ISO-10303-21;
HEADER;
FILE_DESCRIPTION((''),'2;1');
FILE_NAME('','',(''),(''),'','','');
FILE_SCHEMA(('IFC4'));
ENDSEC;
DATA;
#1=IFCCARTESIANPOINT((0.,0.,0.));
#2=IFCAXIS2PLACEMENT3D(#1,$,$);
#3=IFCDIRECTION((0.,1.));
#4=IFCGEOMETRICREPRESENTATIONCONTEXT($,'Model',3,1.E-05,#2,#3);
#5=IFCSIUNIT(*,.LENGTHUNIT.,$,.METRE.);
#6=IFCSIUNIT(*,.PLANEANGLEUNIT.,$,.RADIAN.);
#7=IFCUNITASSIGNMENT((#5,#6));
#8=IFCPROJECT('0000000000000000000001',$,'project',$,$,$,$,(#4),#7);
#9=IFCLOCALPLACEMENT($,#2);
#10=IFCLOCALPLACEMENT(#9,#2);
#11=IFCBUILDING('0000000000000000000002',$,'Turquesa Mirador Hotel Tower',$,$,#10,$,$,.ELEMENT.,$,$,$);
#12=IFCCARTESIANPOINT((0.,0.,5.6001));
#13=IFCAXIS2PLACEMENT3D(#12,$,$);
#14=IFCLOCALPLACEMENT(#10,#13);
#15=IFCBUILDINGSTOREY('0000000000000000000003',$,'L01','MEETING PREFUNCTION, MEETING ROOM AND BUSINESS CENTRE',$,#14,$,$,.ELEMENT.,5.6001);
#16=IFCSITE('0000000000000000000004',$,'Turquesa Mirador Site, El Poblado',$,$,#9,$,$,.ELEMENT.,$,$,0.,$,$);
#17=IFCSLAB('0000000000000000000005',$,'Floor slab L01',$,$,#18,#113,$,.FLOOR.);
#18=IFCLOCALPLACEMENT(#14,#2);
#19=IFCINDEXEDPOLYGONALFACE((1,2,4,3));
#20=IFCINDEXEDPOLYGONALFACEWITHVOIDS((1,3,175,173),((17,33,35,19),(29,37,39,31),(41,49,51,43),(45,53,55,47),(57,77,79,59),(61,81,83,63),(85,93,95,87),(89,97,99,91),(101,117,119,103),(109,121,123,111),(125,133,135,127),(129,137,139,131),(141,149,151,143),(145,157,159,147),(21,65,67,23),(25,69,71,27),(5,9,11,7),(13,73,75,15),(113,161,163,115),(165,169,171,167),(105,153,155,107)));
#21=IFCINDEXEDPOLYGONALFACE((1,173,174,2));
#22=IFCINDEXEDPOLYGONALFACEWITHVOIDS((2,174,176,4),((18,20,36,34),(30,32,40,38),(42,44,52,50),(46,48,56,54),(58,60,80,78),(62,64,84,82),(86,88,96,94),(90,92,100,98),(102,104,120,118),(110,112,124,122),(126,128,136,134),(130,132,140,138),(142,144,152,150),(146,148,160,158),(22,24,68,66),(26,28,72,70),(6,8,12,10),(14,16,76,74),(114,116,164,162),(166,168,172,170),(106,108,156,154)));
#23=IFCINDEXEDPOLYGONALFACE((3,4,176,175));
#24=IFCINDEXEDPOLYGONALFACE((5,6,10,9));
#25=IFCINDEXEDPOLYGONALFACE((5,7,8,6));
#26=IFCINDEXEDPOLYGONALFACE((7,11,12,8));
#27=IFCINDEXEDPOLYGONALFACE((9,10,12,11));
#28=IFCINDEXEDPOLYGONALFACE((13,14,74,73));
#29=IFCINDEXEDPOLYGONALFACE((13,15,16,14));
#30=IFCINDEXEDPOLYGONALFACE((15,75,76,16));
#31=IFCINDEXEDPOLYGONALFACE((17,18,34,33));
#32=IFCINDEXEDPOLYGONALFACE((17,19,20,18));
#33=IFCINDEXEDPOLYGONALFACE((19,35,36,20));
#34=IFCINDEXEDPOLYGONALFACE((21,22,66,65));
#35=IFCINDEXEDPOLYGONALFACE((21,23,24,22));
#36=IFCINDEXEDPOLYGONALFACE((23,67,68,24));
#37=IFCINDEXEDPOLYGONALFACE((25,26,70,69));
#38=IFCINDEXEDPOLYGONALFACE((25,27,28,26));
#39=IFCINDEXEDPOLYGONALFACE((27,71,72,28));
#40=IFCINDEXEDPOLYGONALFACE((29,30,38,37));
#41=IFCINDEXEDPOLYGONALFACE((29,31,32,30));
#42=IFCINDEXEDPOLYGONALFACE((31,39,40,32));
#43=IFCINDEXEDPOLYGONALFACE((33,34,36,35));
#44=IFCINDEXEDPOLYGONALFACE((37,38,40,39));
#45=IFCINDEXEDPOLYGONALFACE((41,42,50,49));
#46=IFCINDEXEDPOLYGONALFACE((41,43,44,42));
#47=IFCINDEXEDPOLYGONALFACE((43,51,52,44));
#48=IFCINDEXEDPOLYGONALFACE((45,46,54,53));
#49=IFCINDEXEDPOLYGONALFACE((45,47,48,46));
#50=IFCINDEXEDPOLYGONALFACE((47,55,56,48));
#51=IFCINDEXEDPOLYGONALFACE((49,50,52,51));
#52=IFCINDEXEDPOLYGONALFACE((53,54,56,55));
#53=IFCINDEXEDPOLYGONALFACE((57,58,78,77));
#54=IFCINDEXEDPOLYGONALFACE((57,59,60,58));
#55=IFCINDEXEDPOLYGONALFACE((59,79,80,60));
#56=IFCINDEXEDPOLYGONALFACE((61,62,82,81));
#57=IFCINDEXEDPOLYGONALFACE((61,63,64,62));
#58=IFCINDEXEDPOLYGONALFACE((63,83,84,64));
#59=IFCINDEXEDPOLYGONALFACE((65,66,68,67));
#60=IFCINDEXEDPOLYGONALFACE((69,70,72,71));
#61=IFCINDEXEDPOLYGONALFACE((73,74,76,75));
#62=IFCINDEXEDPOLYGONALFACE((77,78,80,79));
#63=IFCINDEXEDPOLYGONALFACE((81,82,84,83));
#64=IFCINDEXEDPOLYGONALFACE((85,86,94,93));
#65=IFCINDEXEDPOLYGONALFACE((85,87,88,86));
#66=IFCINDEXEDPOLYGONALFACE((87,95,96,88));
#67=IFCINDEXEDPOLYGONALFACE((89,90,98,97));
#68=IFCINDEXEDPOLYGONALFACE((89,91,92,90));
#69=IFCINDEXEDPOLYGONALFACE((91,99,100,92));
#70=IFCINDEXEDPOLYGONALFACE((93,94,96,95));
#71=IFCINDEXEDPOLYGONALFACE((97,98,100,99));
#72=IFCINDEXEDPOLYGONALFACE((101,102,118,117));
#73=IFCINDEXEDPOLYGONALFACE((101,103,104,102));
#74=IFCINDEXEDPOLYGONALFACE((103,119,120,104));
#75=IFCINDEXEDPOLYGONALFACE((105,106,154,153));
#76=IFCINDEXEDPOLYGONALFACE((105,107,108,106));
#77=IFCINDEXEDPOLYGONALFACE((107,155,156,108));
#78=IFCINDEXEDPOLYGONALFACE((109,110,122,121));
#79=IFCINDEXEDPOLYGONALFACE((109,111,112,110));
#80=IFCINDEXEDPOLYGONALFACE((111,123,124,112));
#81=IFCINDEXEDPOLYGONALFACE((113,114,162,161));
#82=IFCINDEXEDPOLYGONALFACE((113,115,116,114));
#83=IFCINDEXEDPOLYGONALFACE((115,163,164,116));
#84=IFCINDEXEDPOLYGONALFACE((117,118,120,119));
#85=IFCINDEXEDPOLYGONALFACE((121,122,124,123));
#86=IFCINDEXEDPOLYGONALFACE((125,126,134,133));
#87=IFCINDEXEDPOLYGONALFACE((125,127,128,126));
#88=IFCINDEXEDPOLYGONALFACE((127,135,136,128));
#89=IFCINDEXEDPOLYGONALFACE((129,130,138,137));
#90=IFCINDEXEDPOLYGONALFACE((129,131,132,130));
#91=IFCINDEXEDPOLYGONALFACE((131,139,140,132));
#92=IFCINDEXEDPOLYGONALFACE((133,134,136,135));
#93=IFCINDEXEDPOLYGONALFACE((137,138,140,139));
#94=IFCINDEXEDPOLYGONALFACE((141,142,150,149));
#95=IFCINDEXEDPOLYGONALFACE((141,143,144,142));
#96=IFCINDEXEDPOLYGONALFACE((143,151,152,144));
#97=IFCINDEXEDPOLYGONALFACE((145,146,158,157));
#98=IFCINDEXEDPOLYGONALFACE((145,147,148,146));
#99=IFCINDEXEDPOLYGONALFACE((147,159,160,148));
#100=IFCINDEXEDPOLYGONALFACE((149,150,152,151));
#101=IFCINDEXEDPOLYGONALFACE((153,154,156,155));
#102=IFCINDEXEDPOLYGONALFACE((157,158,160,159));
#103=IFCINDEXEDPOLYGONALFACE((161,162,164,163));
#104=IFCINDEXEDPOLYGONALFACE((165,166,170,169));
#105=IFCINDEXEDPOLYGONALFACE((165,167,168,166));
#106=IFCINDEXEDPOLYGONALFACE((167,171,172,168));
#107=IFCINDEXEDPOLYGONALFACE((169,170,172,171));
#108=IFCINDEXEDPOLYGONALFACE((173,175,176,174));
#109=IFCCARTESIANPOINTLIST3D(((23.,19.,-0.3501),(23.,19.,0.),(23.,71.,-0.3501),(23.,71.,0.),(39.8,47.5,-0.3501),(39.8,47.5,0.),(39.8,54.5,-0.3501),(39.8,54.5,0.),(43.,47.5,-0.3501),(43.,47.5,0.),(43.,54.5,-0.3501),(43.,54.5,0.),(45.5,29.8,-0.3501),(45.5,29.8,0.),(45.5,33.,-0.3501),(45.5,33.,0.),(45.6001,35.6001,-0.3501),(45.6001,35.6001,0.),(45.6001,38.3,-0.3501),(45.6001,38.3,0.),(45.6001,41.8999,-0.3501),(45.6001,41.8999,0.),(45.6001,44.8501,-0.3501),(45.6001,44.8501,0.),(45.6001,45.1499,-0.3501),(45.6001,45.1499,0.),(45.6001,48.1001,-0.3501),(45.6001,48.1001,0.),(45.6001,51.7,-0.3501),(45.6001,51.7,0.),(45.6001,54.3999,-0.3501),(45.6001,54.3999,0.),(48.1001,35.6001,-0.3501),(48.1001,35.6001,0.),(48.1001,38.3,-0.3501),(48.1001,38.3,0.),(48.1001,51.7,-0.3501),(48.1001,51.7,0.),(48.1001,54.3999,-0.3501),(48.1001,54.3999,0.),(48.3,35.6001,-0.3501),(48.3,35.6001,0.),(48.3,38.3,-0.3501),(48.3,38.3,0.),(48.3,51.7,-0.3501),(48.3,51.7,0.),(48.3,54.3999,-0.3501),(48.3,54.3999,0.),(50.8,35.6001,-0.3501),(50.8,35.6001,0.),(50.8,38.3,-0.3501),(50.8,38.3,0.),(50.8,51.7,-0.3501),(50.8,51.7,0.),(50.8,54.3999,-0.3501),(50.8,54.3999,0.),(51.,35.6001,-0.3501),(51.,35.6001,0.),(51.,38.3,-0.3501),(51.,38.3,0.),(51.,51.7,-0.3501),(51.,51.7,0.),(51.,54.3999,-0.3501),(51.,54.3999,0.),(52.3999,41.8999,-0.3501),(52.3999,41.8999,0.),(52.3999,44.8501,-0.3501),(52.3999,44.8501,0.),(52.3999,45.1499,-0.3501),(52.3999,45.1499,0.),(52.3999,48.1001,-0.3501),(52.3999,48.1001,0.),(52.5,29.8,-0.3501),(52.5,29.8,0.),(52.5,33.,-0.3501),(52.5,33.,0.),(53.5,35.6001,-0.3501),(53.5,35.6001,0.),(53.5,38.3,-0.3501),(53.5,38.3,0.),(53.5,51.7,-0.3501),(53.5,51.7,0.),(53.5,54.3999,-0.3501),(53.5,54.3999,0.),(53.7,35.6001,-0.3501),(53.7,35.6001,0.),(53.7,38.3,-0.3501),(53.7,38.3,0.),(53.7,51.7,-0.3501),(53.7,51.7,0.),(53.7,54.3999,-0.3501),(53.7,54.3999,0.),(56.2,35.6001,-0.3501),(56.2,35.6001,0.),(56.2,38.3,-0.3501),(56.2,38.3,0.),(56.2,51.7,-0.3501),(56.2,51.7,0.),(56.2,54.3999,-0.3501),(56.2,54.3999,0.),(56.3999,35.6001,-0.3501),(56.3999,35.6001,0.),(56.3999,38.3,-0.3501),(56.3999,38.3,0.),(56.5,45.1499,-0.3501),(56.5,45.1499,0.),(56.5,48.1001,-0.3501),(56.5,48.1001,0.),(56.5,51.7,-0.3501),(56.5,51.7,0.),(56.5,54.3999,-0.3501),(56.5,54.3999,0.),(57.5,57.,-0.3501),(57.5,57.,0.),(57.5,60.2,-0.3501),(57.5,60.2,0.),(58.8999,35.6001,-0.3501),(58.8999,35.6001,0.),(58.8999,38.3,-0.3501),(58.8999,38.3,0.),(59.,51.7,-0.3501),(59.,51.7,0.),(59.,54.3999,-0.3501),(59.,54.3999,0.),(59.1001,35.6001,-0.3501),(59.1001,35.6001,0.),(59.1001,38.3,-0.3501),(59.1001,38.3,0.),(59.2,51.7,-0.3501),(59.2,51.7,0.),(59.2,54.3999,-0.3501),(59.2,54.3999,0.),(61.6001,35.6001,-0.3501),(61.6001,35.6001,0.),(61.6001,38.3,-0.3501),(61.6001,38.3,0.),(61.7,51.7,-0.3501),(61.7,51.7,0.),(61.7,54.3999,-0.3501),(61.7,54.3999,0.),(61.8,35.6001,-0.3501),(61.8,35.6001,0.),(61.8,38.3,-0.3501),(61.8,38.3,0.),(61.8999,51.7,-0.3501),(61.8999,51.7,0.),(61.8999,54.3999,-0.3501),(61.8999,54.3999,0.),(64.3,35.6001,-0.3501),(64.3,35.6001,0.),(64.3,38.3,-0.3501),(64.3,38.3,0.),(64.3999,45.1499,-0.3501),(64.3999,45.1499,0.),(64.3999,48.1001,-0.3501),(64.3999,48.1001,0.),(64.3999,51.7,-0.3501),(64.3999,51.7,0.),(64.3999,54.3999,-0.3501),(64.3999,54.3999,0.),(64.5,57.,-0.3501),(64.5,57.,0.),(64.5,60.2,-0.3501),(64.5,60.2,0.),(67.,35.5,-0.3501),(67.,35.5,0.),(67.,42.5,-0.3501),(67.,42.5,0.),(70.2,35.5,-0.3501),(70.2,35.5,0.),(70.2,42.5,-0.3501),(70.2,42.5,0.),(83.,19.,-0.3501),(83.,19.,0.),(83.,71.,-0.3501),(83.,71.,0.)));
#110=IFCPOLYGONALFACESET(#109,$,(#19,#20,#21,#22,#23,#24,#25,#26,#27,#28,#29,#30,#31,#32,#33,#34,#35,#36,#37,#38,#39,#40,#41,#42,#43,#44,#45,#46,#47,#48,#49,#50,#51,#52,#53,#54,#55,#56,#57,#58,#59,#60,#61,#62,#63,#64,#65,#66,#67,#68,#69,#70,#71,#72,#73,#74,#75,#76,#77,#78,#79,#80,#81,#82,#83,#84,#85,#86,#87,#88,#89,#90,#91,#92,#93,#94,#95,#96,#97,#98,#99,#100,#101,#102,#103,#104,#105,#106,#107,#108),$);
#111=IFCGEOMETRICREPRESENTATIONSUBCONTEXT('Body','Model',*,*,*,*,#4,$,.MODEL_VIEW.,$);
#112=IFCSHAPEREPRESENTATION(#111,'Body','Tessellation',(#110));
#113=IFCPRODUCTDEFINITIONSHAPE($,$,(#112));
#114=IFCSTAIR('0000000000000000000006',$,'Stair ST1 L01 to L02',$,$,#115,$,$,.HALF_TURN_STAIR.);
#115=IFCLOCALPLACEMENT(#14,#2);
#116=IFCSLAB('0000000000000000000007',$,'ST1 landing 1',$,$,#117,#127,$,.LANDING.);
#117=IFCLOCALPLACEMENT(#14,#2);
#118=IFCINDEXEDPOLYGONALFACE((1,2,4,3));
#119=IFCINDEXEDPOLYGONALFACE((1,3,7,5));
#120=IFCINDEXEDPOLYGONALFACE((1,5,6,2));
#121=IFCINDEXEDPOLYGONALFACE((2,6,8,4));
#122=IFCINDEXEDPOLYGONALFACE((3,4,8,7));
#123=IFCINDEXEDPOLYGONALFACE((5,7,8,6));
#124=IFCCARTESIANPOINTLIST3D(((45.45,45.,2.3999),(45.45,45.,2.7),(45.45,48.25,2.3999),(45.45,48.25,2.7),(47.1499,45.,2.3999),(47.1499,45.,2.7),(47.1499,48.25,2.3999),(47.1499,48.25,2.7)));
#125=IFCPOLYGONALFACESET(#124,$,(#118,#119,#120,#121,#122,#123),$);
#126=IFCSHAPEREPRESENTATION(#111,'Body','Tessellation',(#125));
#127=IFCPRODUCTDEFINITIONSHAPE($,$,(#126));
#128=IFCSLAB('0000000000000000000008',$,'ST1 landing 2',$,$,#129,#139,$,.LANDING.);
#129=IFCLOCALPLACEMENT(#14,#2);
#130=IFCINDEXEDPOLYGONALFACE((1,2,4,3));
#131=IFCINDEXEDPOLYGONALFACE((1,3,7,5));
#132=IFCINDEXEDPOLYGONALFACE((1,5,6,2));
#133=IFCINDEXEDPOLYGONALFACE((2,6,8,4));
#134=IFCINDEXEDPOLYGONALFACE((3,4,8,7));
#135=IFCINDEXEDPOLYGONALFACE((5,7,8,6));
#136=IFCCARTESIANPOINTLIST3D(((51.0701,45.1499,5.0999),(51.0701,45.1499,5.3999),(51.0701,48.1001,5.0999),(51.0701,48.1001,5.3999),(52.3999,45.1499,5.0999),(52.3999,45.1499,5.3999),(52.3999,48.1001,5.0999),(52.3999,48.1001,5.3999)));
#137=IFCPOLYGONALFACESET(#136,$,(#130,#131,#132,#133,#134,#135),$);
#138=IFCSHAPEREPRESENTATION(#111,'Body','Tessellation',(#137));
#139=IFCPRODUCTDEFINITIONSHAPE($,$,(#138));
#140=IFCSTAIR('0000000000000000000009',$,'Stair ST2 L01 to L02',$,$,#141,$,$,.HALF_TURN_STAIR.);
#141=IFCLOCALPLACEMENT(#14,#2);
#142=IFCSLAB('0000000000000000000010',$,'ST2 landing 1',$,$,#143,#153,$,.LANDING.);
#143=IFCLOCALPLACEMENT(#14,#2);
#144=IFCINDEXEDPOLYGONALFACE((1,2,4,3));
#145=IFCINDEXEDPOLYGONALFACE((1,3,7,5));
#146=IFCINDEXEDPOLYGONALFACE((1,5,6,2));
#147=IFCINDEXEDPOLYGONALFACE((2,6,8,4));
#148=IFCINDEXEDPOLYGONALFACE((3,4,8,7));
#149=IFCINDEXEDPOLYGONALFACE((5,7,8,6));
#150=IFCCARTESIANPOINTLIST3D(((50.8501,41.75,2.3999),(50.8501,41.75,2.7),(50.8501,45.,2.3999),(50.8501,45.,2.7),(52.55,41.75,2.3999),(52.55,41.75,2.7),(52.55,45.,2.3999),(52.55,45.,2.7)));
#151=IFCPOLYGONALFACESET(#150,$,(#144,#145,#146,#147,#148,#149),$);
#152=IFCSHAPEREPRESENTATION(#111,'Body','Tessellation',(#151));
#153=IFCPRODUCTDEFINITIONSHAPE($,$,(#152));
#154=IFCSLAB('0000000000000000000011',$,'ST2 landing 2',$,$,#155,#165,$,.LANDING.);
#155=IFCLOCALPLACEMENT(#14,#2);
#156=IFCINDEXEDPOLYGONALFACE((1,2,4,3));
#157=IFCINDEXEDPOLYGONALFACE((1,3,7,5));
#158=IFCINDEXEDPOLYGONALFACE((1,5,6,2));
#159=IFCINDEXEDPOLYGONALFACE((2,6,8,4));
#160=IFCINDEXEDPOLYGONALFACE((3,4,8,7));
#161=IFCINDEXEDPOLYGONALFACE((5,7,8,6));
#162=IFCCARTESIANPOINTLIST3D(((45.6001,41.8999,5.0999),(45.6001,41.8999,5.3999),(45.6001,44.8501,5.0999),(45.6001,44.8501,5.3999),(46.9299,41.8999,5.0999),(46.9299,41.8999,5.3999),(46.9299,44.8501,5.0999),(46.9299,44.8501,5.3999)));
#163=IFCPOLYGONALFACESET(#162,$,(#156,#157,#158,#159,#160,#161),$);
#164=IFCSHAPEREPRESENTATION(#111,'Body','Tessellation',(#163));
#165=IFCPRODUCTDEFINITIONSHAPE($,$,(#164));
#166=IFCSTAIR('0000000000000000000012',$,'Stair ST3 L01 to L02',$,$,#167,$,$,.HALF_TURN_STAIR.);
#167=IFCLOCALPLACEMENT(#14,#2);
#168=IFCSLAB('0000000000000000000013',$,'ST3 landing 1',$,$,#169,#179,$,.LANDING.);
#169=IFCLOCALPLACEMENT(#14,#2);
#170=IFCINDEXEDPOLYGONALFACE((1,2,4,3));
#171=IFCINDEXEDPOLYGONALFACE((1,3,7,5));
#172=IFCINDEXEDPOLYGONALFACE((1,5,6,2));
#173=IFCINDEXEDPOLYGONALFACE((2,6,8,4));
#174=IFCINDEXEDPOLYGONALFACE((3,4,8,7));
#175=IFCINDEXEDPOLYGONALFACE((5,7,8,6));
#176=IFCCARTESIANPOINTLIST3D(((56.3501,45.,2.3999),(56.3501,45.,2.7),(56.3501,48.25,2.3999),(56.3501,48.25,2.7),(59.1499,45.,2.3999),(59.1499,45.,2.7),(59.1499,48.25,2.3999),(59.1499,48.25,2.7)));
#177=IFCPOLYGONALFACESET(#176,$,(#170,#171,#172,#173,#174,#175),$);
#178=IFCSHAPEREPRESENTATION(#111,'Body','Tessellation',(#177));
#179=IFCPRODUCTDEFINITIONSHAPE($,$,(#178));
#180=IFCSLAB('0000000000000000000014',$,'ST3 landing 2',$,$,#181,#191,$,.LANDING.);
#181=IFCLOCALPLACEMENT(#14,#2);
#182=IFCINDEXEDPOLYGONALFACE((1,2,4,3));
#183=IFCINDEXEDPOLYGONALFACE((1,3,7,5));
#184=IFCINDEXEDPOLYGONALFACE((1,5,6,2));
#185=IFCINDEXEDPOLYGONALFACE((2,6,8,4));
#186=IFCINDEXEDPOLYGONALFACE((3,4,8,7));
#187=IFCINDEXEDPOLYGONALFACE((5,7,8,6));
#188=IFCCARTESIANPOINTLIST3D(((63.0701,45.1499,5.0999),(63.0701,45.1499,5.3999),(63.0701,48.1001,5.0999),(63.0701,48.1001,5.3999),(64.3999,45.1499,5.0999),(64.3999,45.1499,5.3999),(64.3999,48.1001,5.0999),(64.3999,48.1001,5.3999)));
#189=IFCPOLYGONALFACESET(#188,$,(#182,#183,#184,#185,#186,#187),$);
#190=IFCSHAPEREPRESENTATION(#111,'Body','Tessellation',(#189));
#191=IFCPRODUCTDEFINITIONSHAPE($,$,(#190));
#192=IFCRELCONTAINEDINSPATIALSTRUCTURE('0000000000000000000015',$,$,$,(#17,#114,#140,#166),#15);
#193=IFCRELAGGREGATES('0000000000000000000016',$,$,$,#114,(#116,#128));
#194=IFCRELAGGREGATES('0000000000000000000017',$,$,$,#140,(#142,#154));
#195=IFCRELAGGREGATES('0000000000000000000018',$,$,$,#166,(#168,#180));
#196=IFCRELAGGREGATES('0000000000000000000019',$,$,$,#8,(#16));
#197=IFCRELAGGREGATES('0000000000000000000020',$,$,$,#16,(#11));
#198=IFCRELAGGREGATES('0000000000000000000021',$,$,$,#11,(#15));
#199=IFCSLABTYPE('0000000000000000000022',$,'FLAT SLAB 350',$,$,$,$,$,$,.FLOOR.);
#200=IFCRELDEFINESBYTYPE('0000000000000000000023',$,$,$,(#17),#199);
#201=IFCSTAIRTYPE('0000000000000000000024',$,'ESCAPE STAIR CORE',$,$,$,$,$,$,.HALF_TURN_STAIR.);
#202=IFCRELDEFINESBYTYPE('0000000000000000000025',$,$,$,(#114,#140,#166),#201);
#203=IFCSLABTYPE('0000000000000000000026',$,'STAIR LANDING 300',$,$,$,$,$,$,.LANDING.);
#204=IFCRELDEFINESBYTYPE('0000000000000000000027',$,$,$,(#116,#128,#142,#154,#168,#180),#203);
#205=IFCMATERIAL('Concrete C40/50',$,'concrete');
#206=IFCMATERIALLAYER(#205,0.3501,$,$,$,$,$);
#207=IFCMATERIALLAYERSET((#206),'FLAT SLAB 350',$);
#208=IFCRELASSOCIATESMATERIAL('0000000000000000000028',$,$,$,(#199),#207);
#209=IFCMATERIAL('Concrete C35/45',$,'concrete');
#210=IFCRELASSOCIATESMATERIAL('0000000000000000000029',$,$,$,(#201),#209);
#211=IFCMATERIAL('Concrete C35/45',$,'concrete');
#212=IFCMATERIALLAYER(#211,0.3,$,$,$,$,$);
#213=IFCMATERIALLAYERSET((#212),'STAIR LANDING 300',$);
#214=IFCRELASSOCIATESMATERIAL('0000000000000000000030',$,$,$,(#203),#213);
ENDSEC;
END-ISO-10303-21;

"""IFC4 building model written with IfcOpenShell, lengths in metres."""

from ifc_helpers import new_model, si_unit, direction, frame, origin, place, context, subcontext, project, spatial, polyline, outline, extrude, material, layer, layer_set, type_object, element, aggregate, save


model = new_model("IFC4")

# Units and contexts
model_context = context("Model", 3, precision=1e-05, world=origin(), true_north=direction((0.0, 1.0)))
body_context = subcontext(model_context, "Body", "Model", "MODEL_VIEW")
ifc_project = project(units=[si_unit("LENGTHUNIT", "METRE"), si_unit("PLANEANGLEUNIT", "RADIAN")], contexts=[model_context])

# Site, building, storey
site_placement = place(None, origin())
site = spatial("IfcSite", under=ifc_project, at=site_placement, Name="Turquesa Mirador Site, El Poblado", CompositionType="ELEMENT", RefElevation=0.0)
building_placement = place(site_placement, origin())
building = spatial("IfcBuilding", under=site, at=building_placement, Name="Turquesa Mirador Hotel Tower", CompositionType="ELEMENT")
storey_placement = place(building_placement, frame((0.0, 0.0, 5.6001)))
storey = spatial("IfcBuildingStorey", under=building, at=storey_placement, Name="L01", Description="MEETING PREFUNCTION, MEETING ROOM AND BUSINESS CENTRE", CompositionType="ELEMENT", Elevation=5.6001)

# Slab
ifc_material_1 = material(Name="Concrete C40/50", Category="concrete")
ifc_layer_1 = layer(ifc_material_1, 0.3501)
ifc_layer_set_1 = layer_set([ifc_layer_1], Name="FLAT SLAB 350")
slab_type_1 = type_object("IfcSlabType", Name="FLAT SLAB 350", PredefinedType="FLOOR", material=ifc_layer_set_1)
slab_1_placement = place(storey_placement, frame((0.0, 0.0, -0.3501)))
element("IfcSlab", 1, at=slab_1_placement, inside=storey, type_object=slab_type_1, Name="Floor slab L01", PredefinedType="FLOOR", context=body_context, shape_type="SweptSolid", body=[
    extrude(outline(polyline([(23.0, 19.0), (83.0, 19.0), (83.0, 71.0), (23.0, 71.0), (23.0, 19.0)]), holes=[polyline([(45.6001, 51.7), (48.1001, 51.7), (48.1001, 54.3999), (45.6001, 54.3999), (45.6001, 51.7)]), polyline([(48.3, 51.7), (50.8, 51.7), (50.8, 54.3999), (48.3, 54.3999), (48.3, 51.7)]), polyline([(51.0, 51.7), (53.5, 51.7), (53.5, 54.3999), (51.0, 54.3999), (51.0, 51.7)]), polyline([(53.7, 51.7), (56.2, 51.7), (56.2, 54.3999), (53.7, 54.3999), (53.7, 51.7)]), polyline([(56.5, 51.7), (59.0, 51.7), (59.0, 54.3999), (56.5, 54.3999), (56.5, 51.7)]), polyline([(59.2, 51.7), (61.7, 51.7), (61.7, 54.3999), (59.2, 54.3999), (59.2, 51.7)]), polyline([(45.6001, 35.6001), (48.1001, 35.6001), (48.1001, 38.3), (45.6001, 38.3), (45.6001, 35.6001)]), polyline([(48.3, 35.6001), (50.8, 35.6001), (50.8, 38.3), (48.3, 38.3), (48.3, 35.6001)]), polyline([(51.0, 35.6001), (53.5, 35.6001), (53.5, 38.3), (51.0, 38.3), (51.0, 35.6001)]), polyline([(53.7, 35.6001), (56.2, 35.6001), (56.2, 38.3), (53.7, 38.3), (53.7, 35.6001)]), polyline([(56.3999, 35.6001), (58.8999, 35.6001), (58.8999, 38.3), (56.3999, 38.3), (56.3999, 35.6001)]), polyline([(59.1001, 35.6001), (61.6001, 35.6001), (61.6001, 38.3), (59.1001, 38.3), (59.1001, 35.6001)]), polyline([(61.8, 35.6001), (64.3, 35.6001), (64.3, 38.3), (61.8, 38.3), (61.8, 35.6001)]), polyline([(45.6001, 45.1499), (52.3999, 45.1499), (52.3999, 48.1001), (45.6001, 48.1001), (45.6001, 45.1499)]), polyline([(45.6001, 41.8999), (52.3999, 41.8999), (52.3999, 44.8501), (45.6001, 44.8501), (45.6001, 41.8999)]), polyline([(56.5, 45.1499), (64.3999, 45.1499), (64.3999, 48.1001), (56.5, 48.1001), (56.5, 45.1499)]), polyline([(61.8999, 51.7), (64.3999, 51.7), (64.3999, 54.3999), (61.8999, 54.3999), (61.8999, 51.7)]), polyline([(57.5, 57.0), (64.5, 57.0), (64.5, 60.2), (57.5, 60.2), (57.5, 57.0)]), polyline([(45.5, 29.8), (52.5, 29.8), (52.5, 33.0), (45.5, 33.0), (45.5, 29.8)]), polyline([(67.0, 35.5), (70.2, 35.5), (70.2, 42.5), (67.0, 42.5), (67.0, 35.5)]), polyline([(39.8, 47.5), (43.0, 47.5), (43.0, 54.5), (39.8, 54.5), (39.8, 47.5)])]), origin(), (0.0, 0.0, 1.0), 0.3501),
])

# Stairs, slabs
ifc_material_2 = material(Name="Concrete C35/45", Category="concrete")
stair_type_1 = type_object("IfcStairType", Name="ESCAPE STAIR CORE", PredefinedType="HALF_TURN_STAIR", material=ifc_material_2)
stair_1_placement = place(storey_placement, origin())
stair_1 = element("IfcStair", 2, at=stair_1_placement, inside=storey, type_object=stair_type_1, Name="Stair ST1 L01 to L02", PredefinedType="HALF_TURN_STAIR")
ifc_material_3 = material(Name="Concrete C35/45", Category="concrete")
ifc_layer_2 = layer(ifc_material_3, 0.3)
ifc_layer_set_2 = layer_set([ifc_layer_2], Name="STAIR LANDING 300")
slab_type_2 = type_object("IfcSlabType", Name="STAIR LANDING 300", PredefinedType="LANDING", material=ifc_layer_set_2)
slab_2_placement = place(storey_placement, frame((0.0, 0.0, 2.3999)))
slab_2 = element("IfcSlab", 3, at=slab_2_placement, type_object=slab_type_2, Name="ST1 landing 1", PredefinedType="LANDING", context=body_context, shape_type="SweptSolid", body=[
    extrude(outline(polyline([(45.45, 45.0), (47.1499, 45.0), (47.1499, 48.25), (45.45, 48.25), (45.45, 45.0)])), origin(), (0.0, 0.0, 1.0), 0.3),
])
slab_3_placement = place(storey_placement, frame((0.0, 0.0, 5.0999)))
slab_3 = element("IfcSlab", 4, at=slab_3_placement, type_object=slab_type_2, Name="ST1 landing 2", PredefinedType="LANDING", context=body_context, shape_type="SweptSolid", body=[
    extrude(outline(polyline([(51.0701, 45.1499), (52.3999, 45.1499), (52.3999, 48.1001), (51.0701, 48.1001), (51.0701, 45.1499)])), origin(), (0.0, 0.0, 1.0), 0.3),
])
aggregate(stair_1, [slab_2, slab_3])
stair_2_placement = place(storey_placement, origin())
stair_2 = element("IfcStair", 5, at=stair_2_placement, inside=storey, type_object=stair_type_1, Name="Stair ST2 L01 to L02", PredefinedType="HALF_TURN_STAIR")
slab_4_placement = place(storey_placement, frame((0.0, 0.0, 2.3999)))
slab_4 = element("IfcSlab", 6, at=slab_4_placement, type_object=slab_type_2, Name="ST2 landing 1", PredefinedType="LANDING", context=body_context, shape_type="SweptSolid", body=[
    extrude(outline(polyline([(52.55, 45.0), (50.8501, 45.0), (50.8501, 41.75), (52.55, 41.75), (52.55, 45.0)])), origin(), (0.0, 0.0, 1.0), 0.3),
])
slab_5_placement = place(storey_placement, frame((0.0, 0.0, 5.0999)))
slab_5 = element("IfcSlab", 7, at=slab_5_placement, type_object=slab_type_2, Name="ST2 landing 2", PredefinedType="LANDING", context=body_context, shape_type="SweptSolid", body=[
    extrude(outline(polyline([(46.9299, 44.8501), (45.6001, 44.8501), (45.6001, 41.8999), (46.9299, 41.8999), (46.9299, 44.8501)])), origin(), (0.0, 0.0, 1.0), 0.3),
])
aggregate(stair_2, [slab_4, slab_5])
stair_3_placement = place(storey_placement, origin())
stair_3 = element("IfcStair", 8, at=stair_3_placement, inside=storey, type_object=stair_type_1, Name="Stair ST3 L01 to L02", PredefinedType="HALF_TURN_STAIR")
slab_6_placement = place(storey_placement, frame((0.0, 0.0, 2.3999)))
slab_6 = element("IfcSlab", 9, at=slab_6_placement, type_object=slab_type_2, Name="ST3 landing 1", PredefinedType="LANDING", context=body_context, shape_type="SweptSolid", body=[
    extrude(outline(polyline([(56.3501, 45.0), (59.1499, 45.0), (59.1499, 48.25), (56.3501, 48.25), (56.3501, 45.0)])), origin(), (0.0, 0.0, 1.0), 0.3),
])
slab_7_placement = place(storey_placement, frame((0.0, 0.0, 5.0999)))
slab_7 = element("IfcSlab", 10, at=slab_7_placement, type_object=slab_type_2, Name="ST3 landing 2", PredefinedType="LANDING", context=body_context, shape_type="SweptSolid", body=[
    extrude(outline(polyline([(63.0701, 45.1499), (64.3999, 45.1499), (64.3999, 48.1001), (63.0701, 48.1001), (63.0701, 45.1499)])), origin(), (0.0, 0.0, 1.0), 0.3),
])
aggregate(stair_3, [slab_6, slab_7])

save(model, "model.ifc")
